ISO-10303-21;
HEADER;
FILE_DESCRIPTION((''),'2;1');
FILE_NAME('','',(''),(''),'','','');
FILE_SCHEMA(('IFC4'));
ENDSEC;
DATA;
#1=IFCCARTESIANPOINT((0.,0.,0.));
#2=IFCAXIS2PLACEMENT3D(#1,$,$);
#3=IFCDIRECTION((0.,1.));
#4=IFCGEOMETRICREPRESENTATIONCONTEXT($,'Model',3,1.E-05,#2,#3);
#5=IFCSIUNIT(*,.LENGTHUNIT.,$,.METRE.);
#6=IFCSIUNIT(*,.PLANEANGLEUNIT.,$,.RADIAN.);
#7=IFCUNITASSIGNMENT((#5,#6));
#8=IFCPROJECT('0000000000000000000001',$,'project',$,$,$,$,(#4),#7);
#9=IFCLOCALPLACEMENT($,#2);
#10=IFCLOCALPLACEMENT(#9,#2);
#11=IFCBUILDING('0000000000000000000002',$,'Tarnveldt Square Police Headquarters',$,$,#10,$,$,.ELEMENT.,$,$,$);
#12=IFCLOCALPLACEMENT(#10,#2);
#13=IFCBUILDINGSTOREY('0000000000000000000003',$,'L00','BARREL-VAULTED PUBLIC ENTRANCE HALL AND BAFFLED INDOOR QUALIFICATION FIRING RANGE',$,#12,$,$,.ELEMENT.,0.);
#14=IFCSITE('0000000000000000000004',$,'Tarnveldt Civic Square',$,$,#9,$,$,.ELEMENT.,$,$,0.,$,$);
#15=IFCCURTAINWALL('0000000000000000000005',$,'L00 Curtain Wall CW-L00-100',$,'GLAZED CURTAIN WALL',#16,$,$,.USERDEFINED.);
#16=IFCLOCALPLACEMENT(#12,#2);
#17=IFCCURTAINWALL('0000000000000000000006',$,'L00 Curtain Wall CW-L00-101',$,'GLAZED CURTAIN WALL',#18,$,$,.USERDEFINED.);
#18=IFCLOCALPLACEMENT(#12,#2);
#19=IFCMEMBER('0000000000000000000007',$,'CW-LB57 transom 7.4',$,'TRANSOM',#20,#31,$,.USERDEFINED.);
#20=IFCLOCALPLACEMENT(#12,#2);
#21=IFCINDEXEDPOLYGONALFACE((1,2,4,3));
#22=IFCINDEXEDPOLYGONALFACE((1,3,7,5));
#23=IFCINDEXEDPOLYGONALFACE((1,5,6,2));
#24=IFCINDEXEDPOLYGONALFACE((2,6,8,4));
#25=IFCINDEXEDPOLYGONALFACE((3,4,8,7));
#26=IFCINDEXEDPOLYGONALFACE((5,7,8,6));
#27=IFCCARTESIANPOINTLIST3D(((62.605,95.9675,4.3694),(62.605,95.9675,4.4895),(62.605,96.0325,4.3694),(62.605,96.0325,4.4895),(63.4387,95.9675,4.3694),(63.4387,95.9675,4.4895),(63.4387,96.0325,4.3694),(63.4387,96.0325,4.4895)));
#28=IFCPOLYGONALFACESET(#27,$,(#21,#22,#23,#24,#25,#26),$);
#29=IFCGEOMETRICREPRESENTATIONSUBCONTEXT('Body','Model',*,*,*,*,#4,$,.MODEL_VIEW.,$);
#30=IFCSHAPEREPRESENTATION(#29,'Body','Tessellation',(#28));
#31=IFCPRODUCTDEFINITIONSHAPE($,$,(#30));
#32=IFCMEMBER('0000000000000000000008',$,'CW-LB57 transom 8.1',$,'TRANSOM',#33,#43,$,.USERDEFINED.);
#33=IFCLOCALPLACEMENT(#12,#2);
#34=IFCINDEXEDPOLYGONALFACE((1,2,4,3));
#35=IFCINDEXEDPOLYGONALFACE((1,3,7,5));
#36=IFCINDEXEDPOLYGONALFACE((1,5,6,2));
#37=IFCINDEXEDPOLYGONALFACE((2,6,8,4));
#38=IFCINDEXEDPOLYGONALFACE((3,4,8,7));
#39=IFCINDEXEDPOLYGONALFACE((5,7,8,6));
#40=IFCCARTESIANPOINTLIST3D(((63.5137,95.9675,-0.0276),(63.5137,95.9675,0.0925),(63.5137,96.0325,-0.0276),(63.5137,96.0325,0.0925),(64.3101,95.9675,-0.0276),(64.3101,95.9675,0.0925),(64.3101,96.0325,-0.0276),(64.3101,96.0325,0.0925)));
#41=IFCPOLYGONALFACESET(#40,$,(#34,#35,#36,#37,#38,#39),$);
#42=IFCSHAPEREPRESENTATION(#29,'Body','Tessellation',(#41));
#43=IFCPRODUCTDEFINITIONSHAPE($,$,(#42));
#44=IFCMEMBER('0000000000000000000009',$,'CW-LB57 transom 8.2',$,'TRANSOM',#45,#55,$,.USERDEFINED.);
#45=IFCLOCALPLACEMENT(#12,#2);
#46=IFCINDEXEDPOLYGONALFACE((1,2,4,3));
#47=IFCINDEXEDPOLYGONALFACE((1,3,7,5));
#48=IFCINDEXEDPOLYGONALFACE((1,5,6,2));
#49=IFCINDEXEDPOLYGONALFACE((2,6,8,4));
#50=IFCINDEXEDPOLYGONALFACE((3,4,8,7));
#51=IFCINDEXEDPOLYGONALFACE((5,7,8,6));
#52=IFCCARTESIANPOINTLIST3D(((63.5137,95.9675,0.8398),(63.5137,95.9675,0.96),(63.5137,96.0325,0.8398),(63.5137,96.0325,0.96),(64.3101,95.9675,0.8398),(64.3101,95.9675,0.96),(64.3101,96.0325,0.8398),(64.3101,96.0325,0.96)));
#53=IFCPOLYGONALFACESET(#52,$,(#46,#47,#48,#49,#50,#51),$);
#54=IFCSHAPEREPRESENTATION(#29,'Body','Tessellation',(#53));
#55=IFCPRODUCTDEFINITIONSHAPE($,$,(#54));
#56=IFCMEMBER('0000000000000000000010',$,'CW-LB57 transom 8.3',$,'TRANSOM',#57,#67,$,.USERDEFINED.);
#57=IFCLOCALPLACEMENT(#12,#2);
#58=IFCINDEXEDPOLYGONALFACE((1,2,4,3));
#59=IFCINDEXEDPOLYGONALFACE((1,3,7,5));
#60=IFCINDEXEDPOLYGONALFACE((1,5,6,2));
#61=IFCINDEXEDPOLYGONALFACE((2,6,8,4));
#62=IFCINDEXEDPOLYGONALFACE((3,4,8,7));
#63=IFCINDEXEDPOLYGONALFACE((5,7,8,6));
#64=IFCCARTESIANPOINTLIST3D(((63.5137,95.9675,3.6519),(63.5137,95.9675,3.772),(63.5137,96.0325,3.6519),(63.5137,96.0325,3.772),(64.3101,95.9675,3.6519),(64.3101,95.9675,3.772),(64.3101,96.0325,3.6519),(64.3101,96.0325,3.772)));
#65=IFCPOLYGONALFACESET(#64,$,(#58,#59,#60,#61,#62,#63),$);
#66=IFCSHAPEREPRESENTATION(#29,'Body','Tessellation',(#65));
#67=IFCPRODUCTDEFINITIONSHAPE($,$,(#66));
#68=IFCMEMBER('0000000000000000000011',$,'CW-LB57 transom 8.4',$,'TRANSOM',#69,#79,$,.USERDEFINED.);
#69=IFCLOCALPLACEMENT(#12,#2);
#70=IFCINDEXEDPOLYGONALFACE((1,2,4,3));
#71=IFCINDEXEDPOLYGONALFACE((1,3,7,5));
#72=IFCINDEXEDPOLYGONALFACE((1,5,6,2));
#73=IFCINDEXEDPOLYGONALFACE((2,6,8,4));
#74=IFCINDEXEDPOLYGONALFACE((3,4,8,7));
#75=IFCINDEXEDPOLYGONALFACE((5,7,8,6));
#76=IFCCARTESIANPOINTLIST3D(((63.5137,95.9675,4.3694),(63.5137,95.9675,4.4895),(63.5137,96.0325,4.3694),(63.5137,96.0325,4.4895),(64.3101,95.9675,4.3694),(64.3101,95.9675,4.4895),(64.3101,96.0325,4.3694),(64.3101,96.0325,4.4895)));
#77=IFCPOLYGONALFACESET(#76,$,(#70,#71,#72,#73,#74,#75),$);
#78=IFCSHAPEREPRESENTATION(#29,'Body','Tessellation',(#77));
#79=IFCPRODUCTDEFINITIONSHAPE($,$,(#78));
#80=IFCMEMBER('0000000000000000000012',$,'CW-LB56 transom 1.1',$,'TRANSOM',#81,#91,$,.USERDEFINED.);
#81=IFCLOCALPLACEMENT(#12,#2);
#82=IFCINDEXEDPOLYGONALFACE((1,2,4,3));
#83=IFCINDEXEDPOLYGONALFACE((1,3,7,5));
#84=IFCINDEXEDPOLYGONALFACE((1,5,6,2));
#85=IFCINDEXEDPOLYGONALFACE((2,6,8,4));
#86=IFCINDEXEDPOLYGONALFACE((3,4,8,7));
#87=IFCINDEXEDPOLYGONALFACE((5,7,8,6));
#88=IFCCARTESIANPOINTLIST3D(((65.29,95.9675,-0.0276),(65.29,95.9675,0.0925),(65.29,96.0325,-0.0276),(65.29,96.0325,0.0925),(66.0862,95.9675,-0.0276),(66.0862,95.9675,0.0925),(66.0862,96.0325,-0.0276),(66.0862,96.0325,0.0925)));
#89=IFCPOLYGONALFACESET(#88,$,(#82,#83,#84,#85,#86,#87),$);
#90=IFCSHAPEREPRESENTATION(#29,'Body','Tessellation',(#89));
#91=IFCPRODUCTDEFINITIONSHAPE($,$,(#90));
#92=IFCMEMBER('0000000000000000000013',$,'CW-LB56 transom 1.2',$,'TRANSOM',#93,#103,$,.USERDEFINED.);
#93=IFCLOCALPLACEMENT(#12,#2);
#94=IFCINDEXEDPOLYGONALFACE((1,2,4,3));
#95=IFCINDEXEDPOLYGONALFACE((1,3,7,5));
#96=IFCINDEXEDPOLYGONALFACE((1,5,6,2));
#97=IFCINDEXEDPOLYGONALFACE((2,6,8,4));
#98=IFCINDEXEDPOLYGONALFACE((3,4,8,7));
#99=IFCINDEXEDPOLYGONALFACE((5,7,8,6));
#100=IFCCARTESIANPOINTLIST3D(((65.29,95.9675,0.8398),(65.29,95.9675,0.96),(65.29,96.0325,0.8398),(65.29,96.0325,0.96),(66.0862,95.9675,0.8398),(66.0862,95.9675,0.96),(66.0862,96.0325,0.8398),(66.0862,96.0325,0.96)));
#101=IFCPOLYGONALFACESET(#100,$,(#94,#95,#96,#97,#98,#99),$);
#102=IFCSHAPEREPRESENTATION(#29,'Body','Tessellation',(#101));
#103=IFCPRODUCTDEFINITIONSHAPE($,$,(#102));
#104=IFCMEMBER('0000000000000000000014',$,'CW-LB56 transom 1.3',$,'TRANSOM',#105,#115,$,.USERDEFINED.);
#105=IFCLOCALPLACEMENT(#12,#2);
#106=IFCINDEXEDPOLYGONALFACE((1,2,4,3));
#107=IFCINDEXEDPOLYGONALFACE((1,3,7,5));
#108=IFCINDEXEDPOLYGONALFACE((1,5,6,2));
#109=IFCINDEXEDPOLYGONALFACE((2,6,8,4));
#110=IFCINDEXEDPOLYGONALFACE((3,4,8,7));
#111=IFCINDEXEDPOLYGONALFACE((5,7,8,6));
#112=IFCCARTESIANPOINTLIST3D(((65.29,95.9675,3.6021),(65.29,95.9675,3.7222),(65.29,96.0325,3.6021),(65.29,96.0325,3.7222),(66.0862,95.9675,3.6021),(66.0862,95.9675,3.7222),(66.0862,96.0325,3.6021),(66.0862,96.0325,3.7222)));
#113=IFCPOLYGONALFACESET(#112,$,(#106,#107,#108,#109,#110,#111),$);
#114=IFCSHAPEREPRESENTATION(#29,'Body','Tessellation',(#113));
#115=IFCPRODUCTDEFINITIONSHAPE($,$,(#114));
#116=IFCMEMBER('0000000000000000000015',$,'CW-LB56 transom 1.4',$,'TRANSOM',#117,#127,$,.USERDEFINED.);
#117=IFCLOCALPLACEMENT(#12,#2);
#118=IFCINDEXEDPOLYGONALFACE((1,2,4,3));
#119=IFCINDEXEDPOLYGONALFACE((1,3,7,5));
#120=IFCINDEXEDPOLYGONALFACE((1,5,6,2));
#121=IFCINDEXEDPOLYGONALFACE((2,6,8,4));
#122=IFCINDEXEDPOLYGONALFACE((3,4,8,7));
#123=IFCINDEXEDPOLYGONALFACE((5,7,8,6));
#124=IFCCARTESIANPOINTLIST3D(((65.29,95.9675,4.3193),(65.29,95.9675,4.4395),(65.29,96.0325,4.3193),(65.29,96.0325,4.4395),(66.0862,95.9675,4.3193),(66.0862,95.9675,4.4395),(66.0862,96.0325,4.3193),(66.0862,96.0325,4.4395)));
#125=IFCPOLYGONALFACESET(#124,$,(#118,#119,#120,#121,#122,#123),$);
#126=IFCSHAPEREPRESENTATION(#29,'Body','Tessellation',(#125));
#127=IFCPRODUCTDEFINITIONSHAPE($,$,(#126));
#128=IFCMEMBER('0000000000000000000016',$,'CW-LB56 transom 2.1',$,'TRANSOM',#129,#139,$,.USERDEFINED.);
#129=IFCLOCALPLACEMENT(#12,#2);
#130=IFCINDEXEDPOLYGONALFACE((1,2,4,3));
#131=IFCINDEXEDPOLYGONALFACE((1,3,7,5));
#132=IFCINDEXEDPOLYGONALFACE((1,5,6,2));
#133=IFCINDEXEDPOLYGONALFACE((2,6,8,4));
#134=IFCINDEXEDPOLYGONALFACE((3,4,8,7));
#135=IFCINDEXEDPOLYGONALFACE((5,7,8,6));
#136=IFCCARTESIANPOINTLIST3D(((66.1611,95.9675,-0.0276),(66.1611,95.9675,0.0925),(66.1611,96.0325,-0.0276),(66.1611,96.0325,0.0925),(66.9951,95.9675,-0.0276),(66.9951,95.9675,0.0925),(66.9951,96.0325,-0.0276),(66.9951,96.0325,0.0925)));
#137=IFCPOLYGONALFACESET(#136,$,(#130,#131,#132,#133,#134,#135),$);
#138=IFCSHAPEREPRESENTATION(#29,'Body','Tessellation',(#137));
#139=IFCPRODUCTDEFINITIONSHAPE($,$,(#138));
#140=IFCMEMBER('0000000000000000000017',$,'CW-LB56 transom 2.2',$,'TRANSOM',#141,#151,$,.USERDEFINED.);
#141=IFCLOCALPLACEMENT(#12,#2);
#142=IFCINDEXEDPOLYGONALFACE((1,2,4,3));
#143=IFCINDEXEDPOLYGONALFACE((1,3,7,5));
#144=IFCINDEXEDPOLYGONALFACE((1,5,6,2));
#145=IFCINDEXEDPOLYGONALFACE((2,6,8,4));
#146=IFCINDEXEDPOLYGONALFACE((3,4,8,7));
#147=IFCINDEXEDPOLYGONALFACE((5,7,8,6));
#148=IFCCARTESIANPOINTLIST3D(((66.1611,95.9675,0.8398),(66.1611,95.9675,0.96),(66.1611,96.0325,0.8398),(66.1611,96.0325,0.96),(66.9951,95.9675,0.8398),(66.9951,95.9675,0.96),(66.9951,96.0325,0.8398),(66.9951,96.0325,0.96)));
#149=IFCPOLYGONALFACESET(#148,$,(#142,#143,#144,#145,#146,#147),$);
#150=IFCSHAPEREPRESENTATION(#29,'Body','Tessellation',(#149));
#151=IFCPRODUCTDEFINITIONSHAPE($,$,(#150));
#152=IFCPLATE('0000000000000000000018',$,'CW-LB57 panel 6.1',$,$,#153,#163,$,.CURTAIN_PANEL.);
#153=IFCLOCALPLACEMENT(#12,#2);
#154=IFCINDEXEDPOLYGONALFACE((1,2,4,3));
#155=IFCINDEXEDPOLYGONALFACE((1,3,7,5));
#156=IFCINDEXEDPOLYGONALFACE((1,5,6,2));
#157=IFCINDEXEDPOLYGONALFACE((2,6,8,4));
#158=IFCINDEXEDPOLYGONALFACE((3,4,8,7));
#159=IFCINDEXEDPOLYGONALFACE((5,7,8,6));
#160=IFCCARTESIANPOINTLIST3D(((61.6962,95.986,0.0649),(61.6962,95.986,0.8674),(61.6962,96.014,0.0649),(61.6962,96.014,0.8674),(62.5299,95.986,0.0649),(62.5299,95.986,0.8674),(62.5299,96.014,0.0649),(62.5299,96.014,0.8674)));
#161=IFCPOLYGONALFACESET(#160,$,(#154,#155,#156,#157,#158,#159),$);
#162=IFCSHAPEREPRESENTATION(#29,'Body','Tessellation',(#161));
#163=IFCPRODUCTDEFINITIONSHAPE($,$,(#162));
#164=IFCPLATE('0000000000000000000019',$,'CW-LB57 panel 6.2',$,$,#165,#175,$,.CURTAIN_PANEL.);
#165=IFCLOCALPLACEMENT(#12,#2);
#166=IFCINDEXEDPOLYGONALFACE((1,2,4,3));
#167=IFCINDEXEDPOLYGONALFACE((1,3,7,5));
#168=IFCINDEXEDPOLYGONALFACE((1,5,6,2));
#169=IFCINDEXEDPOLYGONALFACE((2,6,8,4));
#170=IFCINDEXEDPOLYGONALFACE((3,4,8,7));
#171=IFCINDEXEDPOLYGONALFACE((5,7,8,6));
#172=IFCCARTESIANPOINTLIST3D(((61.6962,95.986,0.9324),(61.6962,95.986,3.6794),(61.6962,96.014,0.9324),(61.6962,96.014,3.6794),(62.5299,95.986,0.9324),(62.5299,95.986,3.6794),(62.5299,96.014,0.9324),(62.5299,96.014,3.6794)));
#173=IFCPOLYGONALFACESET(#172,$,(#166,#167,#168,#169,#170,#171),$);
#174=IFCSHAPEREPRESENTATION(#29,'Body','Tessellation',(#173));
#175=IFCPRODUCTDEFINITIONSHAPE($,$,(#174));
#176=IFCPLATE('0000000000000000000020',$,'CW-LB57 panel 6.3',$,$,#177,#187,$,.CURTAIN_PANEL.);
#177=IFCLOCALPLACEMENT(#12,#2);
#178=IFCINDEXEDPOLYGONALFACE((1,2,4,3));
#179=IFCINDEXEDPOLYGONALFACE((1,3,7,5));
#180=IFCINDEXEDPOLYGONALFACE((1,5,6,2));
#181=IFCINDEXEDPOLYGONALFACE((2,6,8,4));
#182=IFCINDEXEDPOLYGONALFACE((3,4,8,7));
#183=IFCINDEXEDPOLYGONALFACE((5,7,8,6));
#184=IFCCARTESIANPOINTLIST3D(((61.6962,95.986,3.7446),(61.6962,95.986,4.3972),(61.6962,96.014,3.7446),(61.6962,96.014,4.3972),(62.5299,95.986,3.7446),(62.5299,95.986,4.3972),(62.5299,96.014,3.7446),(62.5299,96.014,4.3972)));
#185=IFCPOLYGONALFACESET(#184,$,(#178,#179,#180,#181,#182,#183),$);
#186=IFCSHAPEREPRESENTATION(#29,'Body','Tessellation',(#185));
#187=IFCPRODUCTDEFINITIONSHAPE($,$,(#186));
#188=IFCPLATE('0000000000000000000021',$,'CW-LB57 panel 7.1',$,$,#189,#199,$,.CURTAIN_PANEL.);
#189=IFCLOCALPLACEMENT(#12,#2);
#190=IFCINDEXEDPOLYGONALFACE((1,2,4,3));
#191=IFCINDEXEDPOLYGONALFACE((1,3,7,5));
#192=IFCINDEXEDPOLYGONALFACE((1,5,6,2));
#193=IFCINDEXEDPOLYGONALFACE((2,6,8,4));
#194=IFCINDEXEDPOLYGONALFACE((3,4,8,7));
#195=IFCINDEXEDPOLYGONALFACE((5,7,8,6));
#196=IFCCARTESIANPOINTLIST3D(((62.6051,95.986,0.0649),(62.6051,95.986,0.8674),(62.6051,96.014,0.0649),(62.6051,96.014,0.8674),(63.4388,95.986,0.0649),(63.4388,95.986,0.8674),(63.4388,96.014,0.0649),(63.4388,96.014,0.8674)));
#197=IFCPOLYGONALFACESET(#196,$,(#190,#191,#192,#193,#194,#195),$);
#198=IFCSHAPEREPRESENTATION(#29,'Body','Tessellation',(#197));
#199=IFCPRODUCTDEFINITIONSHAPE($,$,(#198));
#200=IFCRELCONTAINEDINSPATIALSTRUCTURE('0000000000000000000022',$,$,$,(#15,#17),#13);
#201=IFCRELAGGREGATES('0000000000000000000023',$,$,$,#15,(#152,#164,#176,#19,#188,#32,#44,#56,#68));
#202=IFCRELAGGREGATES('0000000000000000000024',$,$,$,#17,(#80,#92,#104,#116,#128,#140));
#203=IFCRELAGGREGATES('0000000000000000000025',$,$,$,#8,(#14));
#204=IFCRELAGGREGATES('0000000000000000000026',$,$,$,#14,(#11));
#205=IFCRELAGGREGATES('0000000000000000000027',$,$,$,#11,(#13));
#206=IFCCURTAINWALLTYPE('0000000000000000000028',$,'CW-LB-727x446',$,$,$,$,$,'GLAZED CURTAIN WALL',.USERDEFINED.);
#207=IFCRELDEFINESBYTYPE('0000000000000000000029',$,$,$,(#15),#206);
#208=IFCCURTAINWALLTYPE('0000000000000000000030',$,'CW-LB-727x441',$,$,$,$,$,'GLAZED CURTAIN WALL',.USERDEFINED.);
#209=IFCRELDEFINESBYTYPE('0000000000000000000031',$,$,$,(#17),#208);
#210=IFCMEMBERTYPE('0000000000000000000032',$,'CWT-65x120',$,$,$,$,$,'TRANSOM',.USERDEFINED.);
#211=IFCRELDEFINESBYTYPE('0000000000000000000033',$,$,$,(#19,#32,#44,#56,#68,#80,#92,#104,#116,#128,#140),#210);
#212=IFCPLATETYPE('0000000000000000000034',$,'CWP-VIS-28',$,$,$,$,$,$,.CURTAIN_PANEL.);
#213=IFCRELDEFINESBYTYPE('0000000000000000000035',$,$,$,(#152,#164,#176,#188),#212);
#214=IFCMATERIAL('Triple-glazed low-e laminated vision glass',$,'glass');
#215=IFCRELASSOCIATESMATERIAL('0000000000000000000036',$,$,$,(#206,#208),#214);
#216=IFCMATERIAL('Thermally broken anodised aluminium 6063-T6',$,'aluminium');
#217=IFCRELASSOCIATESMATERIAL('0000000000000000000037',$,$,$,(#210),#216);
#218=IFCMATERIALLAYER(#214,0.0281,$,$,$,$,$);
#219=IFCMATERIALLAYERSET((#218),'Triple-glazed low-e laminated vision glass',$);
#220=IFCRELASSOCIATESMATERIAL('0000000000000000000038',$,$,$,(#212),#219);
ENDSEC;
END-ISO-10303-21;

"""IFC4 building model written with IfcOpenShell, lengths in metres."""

from ifc_helpers import new_model, si_unit, direction, frame, origin, origin_2d, place, context, subcontext, project, spatial, rectangle, extrude, material, layer, layer_set, material_profile, profile_set, type_object, element, aggregate, save


model = new_model("IFC4")

# Units and contexts
model_context = context("Model", 3, precision=1e-05, world=origin(), true_north=direction((0.0, 1.0)))
body_context = subcontext(model_context, "Body", "Model", "MODEL_VIEW")
ifc_project = project(units=[si_unit("LENGTHUNIT", "METRE"), si_unit("PLANEANGLEUNIT", "RADIAN")], contexts=[model_context])

# Site, building, storey
site_placement = place(None, origin())
site = spatial("IfcSite", under=ifc_project, at=site_placement, Name="Tarnveldt Civic Square", CompositionType="ELEMENT", RefElevation=0.0)
building_placement = place(site_placement, origin())
building = spatial("IfcBuilding", under=site, at=building_placement, Name="Tarnveldt Square Police Headquarters", CompositionType="ELEMENT")
storey_placement = place(building_placement, origin())
storey = spatial("IfcBuildingStorey", under=building, at=storey_placement, Name="L00", Description="BARREL-VAULTED PUBLIC ENTRANCE HALL AND BAFFLED INDOOR QUALIFICATION FIRING RANGE", CompositionType="ELEMENT", Elevation=0.0)

# Curtain walls
ifc_material_1 = material(Name="Triple-glazed low-e laminated vision glass", Category="glass")
curtain_wall_type_1 = type_object("IfcCurtainWallType", Name="CW-LB-727x446", ElementType="GLAZED CURTAIN WALL", PredefinedType="USERDEFINED", material=ifc_material_1)
curtain_wall_1_placement = place(storey_placement, origin())
curtain_wall_1 = element("IfcCurtainWall", 1, at=curtain_wall_1_placement, inside=storey, type_object=curtain_wall_type_1, Name="L00 Curtain Wall CW-L00-100", ObjectType="GLAZED CURTAIN WALL", PredefinedType="USERDEFINED")
ifc_material_2 = material(Name="Thermally broken anodised aluminium 6063-T6", Category="aluminium")
curtain_wall_type_2 = type_object("IfcCurtainWallType", Name="CW-LB-727x441", ElementType="GLAZED CURTAIN WALL", PredefinedType="USERDEFINED", material=ifc_material_1)
curtain_wall_2_placement = place(storey_placement, origin())
curtain_wall_2 = element("IfcCurtainWall", 2, at=curtain_wall_2_placement, inside=storey, type_object=curtain_wall_type_2, Name="L00 Curtain Wall CW-L00-101", ObjectType="GLAZED CURTAIN WALL", PredefinedType="USERDEFINED")

# Members
ifc_material_profile_1 = material_profile(ifc_material_2, rectangle(XDim=0.0649, YDim=0.1201, at=origin_2d()), Name="CW-T65x120")
ifc_profile_set_1 = profile_set([ifc_material_profile_1], Name="Thermally broken anodised aluminium 6063-T6")
member_type_1 = type_object("IfcMemberType", Name="CWT-65x120", ElementType="TRANSOM", PredefinedType="USERDEFINED", material=ifc_profile_set_1)
member_1_placement = place(storey_placement, frame((62.605, 96.0, 4.4294), z_axis=(1.0, 0.0, 0.0), x_axis=(0.0, 1.0, 0.0)))
member_1 = element("IfcMember", 3, at=member_1_placement, type_object=member_type_1, Name="CW-LB57 transom 7.4", ObjectType="TRANSOM", PredefinedType="USERDEFINED", context=body_context, shape_type="SweptSolid", body=[
    extrude(rectangle(XDim=0.0649, YDim=0.1201, at=origin_2d()), origin(), (0.0, 0.0, 1.0), 0.8337),
])
member_2_placement = place(storey_placement, frame((63.5137, 96.0, 0.0325), z_axis=(1.0, 0.0, 0.0), x_axis=(0.0, 1.0, 0.0)))
member_2 = element("IfcMember", 4, at=member_2_placement, type_object=member_type_1, Name="CW-LB57 transom 8.1", ObjectType="TRANSOM", PredefinedType="USERDEFINED", context=body_context, shape_type="SweptSolid", body=[
    extrude(rectangle(XDim=0.0649, YDim=0.1201, at=origin_2d()), origin(), (0.0, 0.0, 1.0), 0.7964),
])
member_3_placement = place(storey_placement, frame((63.5137, 96.0, 0.8999), z_axis=(1.0, 0.0, 0.0), x_axis=(0.0, 1.0, 0.0)))
member_3 = element("IfcMember", 5, at=member_3_placement, type_object=member_type_1, Name="CW-LB57 transom 8.2", ObjectType="TRANSOM", PredefinedType="USERDEFINED", context=body_context, shape_type="SweptSolid", body=[
    extrude(rectangle(XDim=0.0649, YDim=0.1201, at=origin_2d()), origin(), (0.0, 0.0, 1.0), 0.7964),
])
member_4_placement = place(storey_placement, frame((63.5137, 96.0, 3.7119), z_axis=(1.0, 0.0, 0.0), x_axis=(0.0, 1.0, 0.0)))
member_4 = element("IfcMember", 6, at=member_4_placement, type_object=member_type_1, Name="CW-LB57 transom 8.3", ObjectType="TRANSOM", PredefinedType="USERDEFINED", context=body_context, shape_type="SweptSolid", body=[
    extrude(rectangle(XDim=0.0649, YDim=0.1201, at=origin_2d()), origin(), (0.0, 0.0, 1.0), 0.7964),
])
member_5_placement = place(storey_placement, frame((63.5137, 96.0, 4.4294), z_axis=(1.0, 0.0, 0.0), x_axis=(0.0, 1.0, 0.0)))
member_5 = element("IfcMember", 7, at=member_5_placement, type_object=member_type_1, Name="CW-LB57 transom 8.4", ObjectType="TRANSOM", PredefinedType="USERDEFINED", context=body_context, shape_type="SweptSolid", body=[
    extrude(rectangle(XDim=0.0649, YDim=0.1201, at=origin_2d()), origin(), (0.0, 0.0, 1.0), 0.7964),
])
member_6_placement = place(storey_placement, frame((65.29, 96.0, 0.0325), z_axis=(1.0, 0.0, 0.0), x_axis=(0.0, 1.0, 0.0)))
member_6 = element("IfcMember", 8, at=member_6_placement, type_object=member_type_1, Name="CW-LB56 transom 1.1", ObjectType="TRANSOM", PredefinedType="USERDEFINED", context=body_context, shape_type="SweptSolid", body=[
    extrude(rectangle(XDim=0.0649, YDim=0.1201, at=origin_2d()), origin(), (0.0, 0.0, 1.0), 0.7961),
])
member_7_placement = place(storey_placement, frame((65.29, 96.0, 0.8999), z_axis=(1.0, 0.0, 0.0), x_axis=(0.0, 1.0, 0.0)))
member_7 = element("IfcMember", 9, at=member_7_placement, type_object=member_type_1, Name="CW-LB56 transom 1.2", ObjectType="TRANSOM", PredefinedType="USERDEFINED", context=body_context, shape_type="SweptSolid", body=[
    extrude(rectangle(XDim=0.0649, YDim=0.1201, at=origin_2d()), origin(), (0.0, 0.0, 1.0), 0.7961),
])
member_8_placement = place(storey_placement, frame((65.29, 96.0, 3.6621), z_axis=(1.0, 0.0, 0.0), x_axis=(0.0, 1.0, 0.0)))
member_8 = element("IfcMember", 10, at=member_8_placement, type_object=member_type_1, Name="CW-LB56 transom 1.3", ObjectType="TRANSOM", PredefinedType="USERDEFINED", context=body_context, shape_type="SweptSolid", body=[
    extrude(rectangle(XDim=0.0649, YDim=0.1201, at=origin_2d()), origin(), (0.0, 0.0, 1.0), 0.7961),
])
member_9_placement = place(storey_placement, frame((65.29, 96.0, 4.3794), z_axis=(1.0, 0.0, 0.0), x_axis=(0.0, 1.0, 0.0)))
member_9 = element("IfcMember", 11, at=member_9_placement, type_object=member_type_1, Name="CW-LB56 transom 1.4", ObjectType="TRANSOM", PredefinedType="USERDEFINED", context=body_context, shape_type="SweptSolid", body=[
    extrude(rectangle(XDim=0.0649, YDim=0.1201, at=origin_2d()), origin(), (0.0, 0.0, 1.0), 0.7961),
])
member_10_placement = place(storey_placement, frame((66.1611, 96.0, 0.0325), z_axis=(1.0, 0.0, 0.0), x_axis=(0.0, 1.0, 0.0)))
member_10 = element("IfcMember", 12, at=member_10_placement, type_object=member_type_1, Name="CW-LB56 transom 2.1", ObjectType="TRANSOM", PredefinedType="USERDEFINED", context=body_context, shape_type="SweptSolid", body=[
    extrude(rectangle(XDim=0.0649, YDim=0.1201, at=origin_2d()), origin(), (0.0, 0.0, 1.0), 0.834),
])
member_11_placement = place(storey_placement, frame((66.1611, 96.0, 0.8999), z_axis=(1.0, 0.0, 0.0), x_axis=(0.0, 1.0, 0.0)))
member_11 = element("IfcMember", 13, at=member_11_placement, type_object=member_type_1, Name="CW-LB56 transom 2.2", ObjectType="TRANSOM", PredefinedType="USERDEFINED", context=body_context, shape_type="SweptSolid", body=[
    extrude(rectangle(XDim=0.0649, YDim=0.1201, at=origin_2d()), origin(), (0.0, 0.0, 1.0), 0.834),
])

# Plates
ifc_layer = layer(ifc_material_1, 0.0281)
ifc_layer_set = layer_set([ifc_layer], Name="Triple-glazed low-e laminated vision glass")
plate_type = type_object("IfcPlateType", Name="CWP-VIS-28", PredefinedType="CURTAIN_PANEL", material=ifc_layer_set)
plate_1_placement = place(storey_placement, frame((62.113, 96.0, 0.0649), z_axis=(0.0, 0.0, 1.0), x_axis=(1.0, 0.0, 0.0)))
plate_1 = element("IfcPlate", 14, at=plate_1_placement, type_object=plate_type, Name="CW-LB57 panel 6.1", PredefinedType="CURTAIN_PANEL", context=body_context, shape_type="SweptSolid", body=[
    extrude(rectangle(XDim=0.8337, YDim=0.0281, at=origin_2d()), origin(), (0.0, 0.0, 1.0), 0.8025),
])
plate_2_placement = place(storey_placement, frame((62.113, 96.0, 0.9324), z_axis=(0.0, 0.0, 1.0), x_axis=(1.0, 0.0, 0.0)))
plate_2 = element("IfcPlate", 15, at=plate_2_placement, type_object=plate_type, Name="CW-LB57 panel 6.2", PredefinedType="CURTAIN_PANEL", context=body_context, shape_type="SweptSolid", body=[
    extrude(rectangle(XDim=0.8337, YDim=0.0281, at=origin_2d()), origin(), (0.0, 0.0, 1.0), 2.7471),
])
plate_3_placement = place(storey_placement, frame((62.113, 96.0, 3.7446), z_axis=(0.0, 0.0, 1.0), x_axis=(1.0, 0.0, 0.0)))
plate_3 = element("IfcPlate", 16, at=plate_3_placement, type_object=plate_type, Name="CW-LB57 panel 6.3", PredefinedType="CURTAIN_PANEL", context=body_context, shape_type="SweptSolid", body=[
    extrude(rectangle(XDim=0.8337, YDim=0.0281, at=origin_2d()), origin(), (0.0, 0.0, 1.0), 0.6526),
])
plate_4_placement = place(storey_placement, frame((63.022, 96.0, 0.0649), z_axis=(0.0, 0.0, 1.0), x_axis=(1.0, 0.0, 0.0)))
plate_4 = element("IfcPlate", 17, at=plate_4_placement, type_object=plate_type, Name="CW-LB57 panel 7.1", PredefinedType="CURTAIN_PANEL", context=body_context, shape_type="SweptSolid", body=[
    extrude(rectangle(XDim=0.8337, YDim=0.0281, at=origin_2d()), origin(), (0.0, 0.0, 1.0), 0.8025),
])
aggregate(curtain_wall_1, [plate_1, plate_2, plate_3, member_1, plate_4, member_2, member_3, member_4, member_5])
aggregate(curtain_wall_2, [member_6, member_7, member_8, member_9, member_10, member_11])

save(model, "model.ifc")
